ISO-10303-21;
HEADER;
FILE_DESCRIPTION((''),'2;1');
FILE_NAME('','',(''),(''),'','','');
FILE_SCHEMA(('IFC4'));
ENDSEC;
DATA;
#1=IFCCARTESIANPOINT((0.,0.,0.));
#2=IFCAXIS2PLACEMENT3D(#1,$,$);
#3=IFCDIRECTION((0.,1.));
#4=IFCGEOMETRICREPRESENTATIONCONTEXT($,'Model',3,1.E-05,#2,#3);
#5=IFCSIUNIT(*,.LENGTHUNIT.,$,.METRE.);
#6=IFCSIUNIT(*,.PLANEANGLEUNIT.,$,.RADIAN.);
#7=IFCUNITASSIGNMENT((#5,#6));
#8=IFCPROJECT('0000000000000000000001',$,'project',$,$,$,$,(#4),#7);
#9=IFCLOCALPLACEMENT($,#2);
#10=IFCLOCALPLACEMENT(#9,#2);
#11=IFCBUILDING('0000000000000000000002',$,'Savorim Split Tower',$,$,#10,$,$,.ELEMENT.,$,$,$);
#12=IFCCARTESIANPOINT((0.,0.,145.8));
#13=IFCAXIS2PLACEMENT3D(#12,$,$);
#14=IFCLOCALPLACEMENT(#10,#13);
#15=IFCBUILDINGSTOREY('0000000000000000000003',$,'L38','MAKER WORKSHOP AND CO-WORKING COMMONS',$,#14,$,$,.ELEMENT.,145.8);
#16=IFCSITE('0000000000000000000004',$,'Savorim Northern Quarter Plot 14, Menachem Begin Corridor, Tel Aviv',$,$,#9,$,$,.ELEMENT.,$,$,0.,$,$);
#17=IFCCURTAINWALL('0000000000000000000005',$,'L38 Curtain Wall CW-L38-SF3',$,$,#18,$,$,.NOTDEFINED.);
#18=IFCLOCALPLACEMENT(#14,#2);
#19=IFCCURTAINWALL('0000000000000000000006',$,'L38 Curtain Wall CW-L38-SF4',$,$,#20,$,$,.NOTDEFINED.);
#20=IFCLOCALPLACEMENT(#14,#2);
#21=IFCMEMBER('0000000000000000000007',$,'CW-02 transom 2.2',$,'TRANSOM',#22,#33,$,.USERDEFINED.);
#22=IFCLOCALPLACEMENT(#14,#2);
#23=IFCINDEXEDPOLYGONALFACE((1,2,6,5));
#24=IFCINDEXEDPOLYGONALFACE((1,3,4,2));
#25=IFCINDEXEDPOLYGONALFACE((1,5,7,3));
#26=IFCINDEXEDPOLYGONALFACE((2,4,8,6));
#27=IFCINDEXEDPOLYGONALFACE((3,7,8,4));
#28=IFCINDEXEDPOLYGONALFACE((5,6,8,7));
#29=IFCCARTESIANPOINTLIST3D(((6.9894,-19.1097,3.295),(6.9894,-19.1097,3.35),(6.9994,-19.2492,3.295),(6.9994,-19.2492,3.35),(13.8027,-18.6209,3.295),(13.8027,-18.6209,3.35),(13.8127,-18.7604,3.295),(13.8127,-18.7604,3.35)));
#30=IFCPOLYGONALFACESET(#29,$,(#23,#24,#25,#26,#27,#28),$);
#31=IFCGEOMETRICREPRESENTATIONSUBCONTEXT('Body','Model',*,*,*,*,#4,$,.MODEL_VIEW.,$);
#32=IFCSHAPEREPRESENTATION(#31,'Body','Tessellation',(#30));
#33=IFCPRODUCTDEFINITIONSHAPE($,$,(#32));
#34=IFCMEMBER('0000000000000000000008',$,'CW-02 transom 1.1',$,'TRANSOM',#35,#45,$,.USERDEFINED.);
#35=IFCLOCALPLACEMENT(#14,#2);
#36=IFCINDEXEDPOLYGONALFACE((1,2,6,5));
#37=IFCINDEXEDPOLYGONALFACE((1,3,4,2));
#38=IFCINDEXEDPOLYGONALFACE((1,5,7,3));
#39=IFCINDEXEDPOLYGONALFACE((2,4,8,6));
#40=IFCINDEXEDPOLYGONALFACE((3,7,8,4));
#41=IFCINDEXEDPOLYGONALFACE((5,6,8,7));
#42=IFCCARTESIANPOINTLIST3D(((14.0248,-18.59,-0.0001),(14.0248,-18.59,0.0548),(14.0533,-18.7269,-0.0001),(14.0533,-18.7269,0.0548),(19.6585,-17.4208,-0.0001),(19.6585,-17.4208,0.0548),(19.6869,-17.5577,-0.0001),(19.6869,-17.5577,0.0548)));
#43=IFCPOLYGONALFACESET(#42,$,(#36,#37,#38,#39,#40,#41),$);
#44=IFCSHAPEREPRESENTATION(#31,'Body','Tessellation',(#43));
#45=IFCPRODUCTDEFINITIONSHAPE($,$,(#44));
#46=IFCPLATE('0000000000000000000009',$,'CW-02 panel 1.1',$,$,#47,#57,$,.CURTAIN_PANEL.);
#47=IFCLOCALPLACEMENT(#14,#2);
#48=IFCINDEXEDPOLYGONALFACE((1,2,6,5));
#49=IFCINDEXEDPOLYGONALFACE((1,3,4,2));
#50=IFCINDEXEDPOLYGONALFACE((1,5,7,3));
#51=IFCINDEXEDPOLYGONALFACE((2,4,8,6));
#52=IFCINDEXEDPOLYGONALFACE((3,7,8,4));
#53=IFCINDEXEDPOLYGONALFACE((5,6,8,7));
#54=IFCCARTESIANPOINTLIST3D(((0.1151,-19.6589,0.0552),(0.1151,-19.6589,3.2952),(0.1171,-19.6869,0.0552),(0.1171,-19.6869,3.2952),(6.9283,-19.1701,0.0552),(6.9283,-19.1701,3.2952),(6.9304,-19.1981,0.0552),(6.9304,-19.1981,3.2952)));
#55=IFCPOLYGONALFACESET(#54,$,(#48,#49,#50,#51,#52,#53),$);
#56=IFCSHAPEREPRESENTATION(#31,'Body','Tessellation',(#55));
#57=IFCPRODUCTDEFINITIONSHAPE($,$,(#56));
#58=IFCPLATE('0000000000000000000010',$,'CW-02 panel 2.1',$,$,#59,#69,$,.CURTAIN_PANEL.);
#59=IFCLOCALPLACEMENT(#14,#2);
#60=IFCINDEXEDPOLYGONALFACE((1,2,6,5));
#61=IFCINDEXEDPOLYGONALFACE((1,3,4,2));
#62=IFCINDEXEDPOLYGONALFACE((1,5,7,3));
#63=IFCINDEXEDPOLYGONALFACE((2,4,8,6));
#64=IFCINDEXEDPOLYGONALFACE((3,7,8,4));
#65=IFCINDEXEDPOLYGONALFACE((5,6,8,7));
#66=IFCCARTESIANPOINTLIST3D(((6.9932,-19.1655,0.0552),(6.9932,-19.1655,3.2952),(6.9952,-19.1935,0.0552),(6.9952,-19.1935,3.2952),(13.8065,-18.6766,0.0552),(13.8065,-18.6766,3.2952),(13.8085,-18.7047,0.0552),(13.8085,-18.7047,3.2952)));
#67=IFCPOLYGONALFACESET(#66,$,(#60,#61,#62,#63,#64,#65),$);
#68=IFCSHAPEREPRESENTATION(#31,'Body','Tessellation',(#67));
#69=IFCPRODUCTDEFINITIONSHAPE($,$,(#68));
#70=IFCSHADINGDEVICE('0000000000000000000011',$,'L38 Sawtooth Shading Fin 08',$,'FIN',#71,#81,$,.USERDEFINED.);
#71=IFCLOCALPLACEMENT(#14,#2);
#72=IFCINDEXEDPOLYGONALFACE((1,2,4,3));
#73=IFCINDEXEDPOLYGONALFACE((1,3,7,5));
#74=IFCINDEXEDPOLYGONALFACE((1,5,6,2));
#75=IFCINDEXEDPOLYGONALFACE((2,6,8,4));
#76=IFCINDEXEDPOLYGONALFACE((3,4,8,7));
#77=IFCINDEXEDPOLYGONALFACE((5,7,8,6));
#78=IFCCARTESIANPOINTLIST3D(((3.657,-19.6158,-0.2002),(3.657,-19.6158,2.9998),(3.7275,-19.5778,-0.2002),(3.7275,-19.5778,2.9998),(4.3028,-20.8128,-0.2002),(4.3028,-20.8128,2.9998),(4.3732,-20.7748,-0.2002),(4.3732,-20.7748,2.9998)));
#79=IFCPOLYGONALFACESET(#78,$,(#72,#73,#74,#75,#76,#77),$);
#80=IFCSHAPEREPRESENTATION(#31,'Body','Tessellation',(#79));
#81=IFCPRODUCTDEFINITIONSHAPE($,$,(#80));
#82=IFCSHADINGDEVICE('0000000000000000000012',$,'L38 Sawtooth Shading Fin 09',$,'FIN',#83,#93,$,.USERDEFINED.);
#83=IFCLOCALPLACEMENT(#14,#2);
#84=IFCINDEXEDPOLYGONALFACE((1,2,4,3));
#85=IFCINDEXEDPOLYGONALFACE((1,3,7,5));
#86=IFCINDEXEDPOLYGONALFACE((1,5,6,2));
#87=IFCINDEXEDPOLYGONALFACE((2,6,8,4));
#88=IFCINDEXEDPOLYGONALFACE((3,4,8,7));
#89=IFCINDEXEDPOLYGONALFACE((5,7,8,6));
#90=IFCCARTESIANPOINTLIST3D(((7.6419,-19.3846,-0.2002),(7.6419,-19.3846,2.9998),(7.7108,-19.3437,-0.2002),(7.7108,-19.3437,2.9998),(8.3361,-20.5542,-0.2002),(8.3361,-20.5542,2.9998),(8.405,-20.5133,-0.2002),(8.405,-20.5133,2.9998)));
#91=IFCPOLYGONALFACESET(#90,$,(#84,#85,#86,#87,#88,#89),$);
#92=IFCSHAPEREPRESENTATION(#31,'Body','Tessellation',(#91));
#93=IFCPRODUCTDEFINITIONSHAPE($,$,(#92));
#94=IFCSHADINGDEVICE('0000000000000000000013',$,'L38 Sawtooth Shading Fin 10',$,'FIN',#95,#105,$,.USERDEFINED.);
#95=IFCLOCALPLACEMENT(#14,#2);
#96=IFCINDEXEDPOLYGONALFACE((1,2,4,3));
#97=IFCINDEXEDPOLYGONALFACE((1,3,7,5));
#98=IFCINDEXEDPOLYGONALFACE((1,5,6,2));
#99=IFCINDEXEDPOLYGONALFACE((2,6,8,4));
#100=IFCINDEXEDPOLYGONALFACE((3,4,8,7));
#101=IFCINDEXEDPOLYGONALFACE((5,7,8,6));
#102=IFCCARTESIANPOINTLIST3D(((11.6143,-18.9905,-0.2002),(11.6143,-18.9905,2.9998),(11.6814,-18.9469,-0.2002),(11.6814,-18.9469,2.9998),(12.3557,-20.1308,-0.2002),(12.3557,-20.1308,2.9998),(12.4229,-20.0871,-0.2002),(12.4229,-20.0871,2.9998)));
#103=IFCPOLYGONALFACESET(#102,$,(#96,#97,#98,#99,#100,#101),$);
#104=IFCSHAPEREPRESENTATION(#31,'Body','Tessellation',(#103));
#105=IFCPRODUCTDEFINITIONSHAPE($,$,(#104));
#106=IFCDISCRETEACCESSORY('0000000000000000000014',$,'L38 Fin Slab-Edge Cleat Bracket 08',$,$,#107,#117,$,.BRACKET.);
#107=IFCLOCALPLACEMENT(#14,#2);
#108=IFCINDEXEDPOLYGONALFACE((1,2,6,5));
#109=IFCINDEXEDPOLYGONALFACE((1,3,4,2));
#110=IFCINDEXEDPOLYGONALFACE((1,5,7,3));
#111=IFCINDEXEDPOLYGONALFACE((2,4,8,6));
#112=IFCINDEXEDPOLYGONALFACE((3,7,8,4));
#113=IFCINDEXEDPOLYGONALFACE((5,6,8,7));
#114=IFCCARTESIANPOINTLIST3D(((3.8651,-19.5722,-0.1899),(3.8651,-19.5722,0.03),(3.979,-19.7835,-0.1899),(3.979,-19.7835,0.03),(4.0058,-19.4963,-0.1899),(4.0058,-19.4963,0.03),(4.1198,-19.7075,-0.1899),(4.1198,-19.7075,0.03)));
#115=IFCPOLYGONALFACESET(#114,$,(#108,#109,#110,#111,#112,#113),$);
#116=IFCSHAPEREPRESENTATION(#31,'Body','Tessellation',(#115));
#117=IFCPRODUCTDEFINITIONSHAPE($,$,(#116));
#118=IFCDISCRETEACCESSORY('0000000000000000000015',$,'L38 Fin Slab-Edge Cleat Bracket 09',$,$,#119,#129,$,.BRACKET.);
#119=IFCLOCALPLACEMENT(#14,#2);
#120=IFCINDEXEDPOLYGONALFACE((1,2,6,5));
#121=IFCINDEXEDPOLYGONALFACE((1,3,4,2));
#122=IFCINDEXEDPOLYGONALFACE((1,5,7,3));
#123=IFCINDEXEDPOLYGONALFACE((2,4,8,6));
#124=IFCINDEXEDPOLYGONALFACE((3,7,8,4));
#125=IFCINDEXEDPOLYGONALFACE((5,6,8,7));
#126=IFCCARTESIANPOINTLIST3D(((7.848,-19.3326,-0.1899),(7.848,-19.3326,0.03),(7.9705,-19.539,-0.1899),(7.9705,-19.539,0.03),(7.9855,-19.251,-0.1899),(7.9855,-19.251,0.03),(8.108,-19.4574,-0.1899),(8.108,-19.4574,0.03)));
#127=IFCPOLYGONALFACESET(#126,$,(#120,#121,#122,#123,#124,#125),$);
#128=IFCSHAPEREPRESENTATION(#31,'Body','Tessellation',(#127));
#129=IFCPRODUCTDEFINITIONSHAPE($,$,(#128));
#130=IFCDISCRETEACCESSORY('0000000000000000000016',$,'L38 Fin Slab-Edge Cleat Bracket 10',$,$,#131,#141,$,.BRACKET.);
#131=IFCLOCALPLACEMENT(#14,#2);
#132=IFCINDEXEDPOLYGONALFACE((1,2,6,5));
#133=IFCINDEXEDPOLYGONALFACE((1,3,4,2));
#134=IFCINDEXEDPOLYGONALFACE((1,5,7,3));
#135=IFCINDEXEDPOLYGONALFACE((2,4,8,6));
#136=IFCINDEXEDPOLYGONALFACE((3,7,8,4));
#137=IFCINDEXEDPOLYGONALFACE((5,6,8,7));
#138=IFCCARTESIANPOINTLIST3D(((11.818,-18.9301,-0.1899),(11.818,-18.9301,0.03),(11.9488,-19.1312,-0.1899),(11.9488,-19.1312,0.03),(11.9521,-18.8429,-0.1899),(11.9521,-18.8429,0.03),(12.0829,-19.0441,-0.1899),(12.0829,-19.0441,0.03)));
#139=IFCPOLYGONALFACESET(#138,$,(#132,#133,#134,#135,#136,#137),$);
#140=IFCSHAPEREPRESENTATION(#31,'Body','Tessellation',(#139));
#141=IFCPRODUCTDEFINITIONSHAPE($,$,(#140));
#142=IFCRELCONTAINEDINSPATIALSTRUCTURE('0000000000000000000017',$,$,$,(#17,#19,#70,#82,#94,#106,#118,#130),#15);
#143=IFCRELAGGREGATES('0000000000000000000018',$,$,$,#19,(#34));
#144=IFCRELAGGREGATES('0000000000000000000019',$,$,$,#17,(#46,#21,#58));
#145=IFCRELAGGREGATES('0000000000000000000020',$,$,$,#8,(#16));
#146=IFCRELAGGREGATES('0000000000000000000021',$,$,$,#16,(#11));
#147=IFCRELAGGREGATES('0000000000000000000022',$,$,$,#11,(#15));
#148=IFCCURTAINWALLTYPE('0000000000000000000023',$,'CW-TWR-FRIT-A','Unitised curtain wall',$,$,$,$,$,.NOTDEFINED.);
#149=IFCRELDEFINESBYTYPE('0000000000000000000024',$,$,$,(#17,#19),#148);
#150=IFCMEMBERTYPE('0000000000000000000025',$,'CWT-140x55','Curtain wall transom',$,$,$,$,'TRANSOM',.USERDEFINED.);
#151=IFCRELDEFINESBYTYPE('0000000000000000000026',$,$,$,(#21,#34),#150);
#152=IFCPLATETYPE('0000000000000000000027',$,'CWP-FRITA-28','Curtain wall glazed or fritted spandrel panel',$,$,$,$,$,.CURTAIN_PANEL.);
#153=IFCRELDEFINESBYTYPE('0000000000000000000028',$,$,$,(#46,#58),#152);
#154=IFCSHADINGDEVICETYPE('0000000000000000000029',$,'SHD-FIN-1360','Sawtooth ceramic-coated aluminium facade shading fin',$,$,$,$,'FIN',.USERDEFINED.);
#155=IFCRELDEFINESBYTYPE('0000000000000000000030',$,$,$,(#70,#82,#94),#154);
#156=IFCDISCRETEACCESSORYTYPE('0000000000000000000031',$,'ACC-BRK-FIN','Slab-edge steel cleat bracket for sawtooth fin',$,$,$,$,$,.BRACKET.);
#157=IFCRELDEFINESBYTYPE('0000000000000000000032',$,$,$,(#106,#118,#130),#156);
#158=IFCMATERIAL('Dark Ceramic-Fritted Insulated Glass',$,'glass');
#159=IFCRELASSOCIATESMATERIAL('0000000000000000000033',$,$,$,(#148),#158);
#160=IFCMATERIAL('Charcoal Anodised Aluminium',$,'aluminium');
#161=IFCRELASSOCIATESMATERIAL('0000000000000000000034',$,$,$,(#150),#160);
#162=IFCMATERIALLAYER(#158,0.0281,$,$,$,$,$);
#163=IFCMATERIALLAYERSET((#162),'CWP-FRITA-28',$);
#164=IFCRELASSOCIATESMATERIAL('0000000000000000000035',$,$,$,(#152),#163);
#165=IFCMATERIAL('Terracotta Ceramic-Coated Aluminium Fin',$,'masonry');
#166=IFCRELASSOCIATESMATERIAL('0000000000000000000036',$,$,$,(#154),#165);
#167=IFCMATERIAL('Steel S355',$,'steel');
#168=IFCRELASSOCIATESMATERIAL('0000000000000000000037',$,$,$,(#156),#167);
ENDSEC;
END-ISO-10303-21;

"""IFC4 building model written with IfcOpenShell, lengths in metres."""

from ifc_helpers import new_model, si_unit, direction, frame, origin, origin_2d, place, context, subcontext, project, spatial, rectangle, extrude, material, layer, layer_set, material_profile, profile_set, type_object, element, aggregate, save


model = new_model("IFC4")

# Units and contexts
model_context = context("Model", 3, precision=1e-05, world=origin(), true_north=direction((0.0, 1.0)))
body_context = subcontext(model_context, "Body", "Model", "MODEL_VIEW")
ifc_project = project(units=[si_unit("LENGTHUNIT", "METRE"), si_unit("PLANEANGLEUNIT", "RADIAN")], contexts=[model_context])

# Site, building, storey
site_placement = place(None, origin())
site = spatial("IfcSite", under=ifc_project, at=site_placement, Name="Savorim Northern Quarter Plot 14, Menachem Begin Corridor, Tel Aviv", CompositionType="ELEMENT", RefElevation=0.0)
building_placement = place(site_placement, origin())
building = spatial("IfcBuilding", under=site, at=building_placement, Name="Savorim Split Tower", CompositionType="ELEMENT")
storey_placement = place(building_placement, frame((0.0, 0.0, 145.8)))
storey = spatial("IfcBuildingStorey", under=building, at=storey_placement, Name="L38", Description="MAKER WORKSHOP AND CO-WORKING COMMONS", CompositionType="ELEMENT", Elevation=145.8)

# Shared definitions
ifc_material_1 = material(Name="Steel S355", Category="steel")

# Curtain wall
ifc_material_2 = material(Name="Dark Ceramic-Fritted Insulated Glass", Category="glass")
curtain_wall_type = type_object("IfcCurtainWallType", Name="CW-TWR-FRIT-A", Description="Unitised curtain wall", PredefinedType="NOTDEFINED", material=ifc_material_2)
curtain_wall_1_placement = place(storey_placement, origin())
curtain_wall_1 = element("IfcCurtainWall", 1, at=curtain_wall_1_placement, inside=storey, type_object=curtain_wall_type, Name="L38 Curtain Wall CW-L38-SF3", PredefinedType="NOTDEFINED")
ifc_material_3 = material(Name="Charcoal Anodised Aluminium", Category="aluminium")

# Curtain wall
curtain_wall_2_placement = place(storey_placement, origin())
curtain_wall_2 = element("IfcCurtainWall", 2, at=curtain_wall_2_placement, inside=storey, type_object=curtain_wall_type, Name="L38 Curtain Wall CW-L38-SF4", PredefinedType="NOTDEFINED")

# Members
ifc_material_profile_1 = material_profile(ifc_material_3, rectangle(XDim=0.1399, YDim=0.0549, at=origin_2d()), Name="ALU-T 140x55")
ifc_profile_set_1 = profile_set([ifc_material_profile_1], Name="Charcoal Anodised Aluminium")
member_type_1 = type_object("IfcMemberType", Name="CWT-140x55", Description="Curtain wall transom", ElementType="TRANSOM", PredefinedType="USERDEFINED", material=ifc_profile_set_1)
member_1_placement = place(storey_placement, frame((6.9944, -19.1794, 3.3225), z_axis=(0.997437, 0.071554, 0.0), x_axis=(-0.071554, 0.997437, 0.0)))
member_1 = element("IfcMember", 3, at=member_1_placement, type_object=member_type_1, Name="CW-02 transom 2.2", ObjectType="TRANSOM", PredefinedType="USERDEFINED", context=body_context, shape_type="SweptSolid", body=[
    extrude(rectangle(XDim=0.1399, YDim=0.0549, at=origin_2d()), origin(), (0.0, 0.0, 1.0), 6.8308),
])
member_2_placement = place(storey_placement, frame((14.0391, -18.6584, 0.0273), z_axis=(0.979135, 0.20321, 0.0), x_axis=(-0.20321, 0.979135, 0.0)))
member_2 = element("IfcMember", 4, at=member_2_placement, type_object=member_type_1, Name="CW-02 transom 1.1", ObjectType="TRANSOM", PredefinedType="USERDEFINED", context=body_context, shape_type="SweptSolid", body=[
    extrude(rectangle(XDim=0.1399, YDim=0.0549, at=origin_2d()), origin(), (0.0, 0.0, 1.0), 5.7537),
])
aggregate(curtain_wall_2, [member_2])

# Plates
ifc_layer = layer(ifc_material_2, 0.0281)
ifc_layer_set = layer_set([ifc_layer], Name="CWP-FRITA-28")
plate_type = type_object("IfcPlateType", Name="CWP-FRITA-28", Description="Curtain wall glazed or fritted spandrel panel", PredefinedType="CURTAIN_PANEL", material=ifc_layer_set)
plate_1_placement = place(storey_placement, frame((3.5227, -19.4285, 0.0552), z_axis=(0.0, 0.0, 1.0), x_axis=(0.997436, 0.071561, 0.0)))
plate_1 = element("IfcPlate", 5, at=plate_1_placement, type_object=plate_type, Name="CW-02 panel 1.1", PredefinedType="CURTAIN_PANEL", context=body_context, shape_type="SweptSolid", body=[
    extrude(rectangle(XDim=6.8308, YDim=0.0281, at=origin_2d()), origin(), (0.0, 0.0, 1.0), 3.24),
])
plate_2_placement = place(storey_placement, frame((10.4009, -18.9351, 0.0552), z_axis=(0.0, 0.0, 1.0), x_axis=(0.997436, 0.071561, 0.0)))
plate_2 = element("IfcPlate", 6, at=plate_2_placement, type_object=plate_type, Name="CW-02 panel 2.1", PredefinedType="CURTAIN_PANEL", context=body_context, shape_type="SweptSolid", body=[
    extrude(rectangle(XDim=6.8308, YDim=0.0281, at=origin_2d()), origin(), (0.0, 0.0, 1.0), 3.24),
])
aggregate(curtain_wall_1, [plate_1, member_1, plate_2])

# Shading devices
ifc_material_4 = material(Name="Terracotta Ceramic-Coated Aluminium Fin", Category="masonry")
shading_device_type = type_object("IfcShadingDeviceType", Name="SHD-FIN-1360", Description="Sawtooth ceramic-coated aluminium facade shading fin", ElementType="FIN", PredefinedType="USERDEFINED", material=ifc_material_4)
for number, where, z_axis, x_axis, name in (
    (7, (4.0151, -20.1953, -0.2002), (0.0, 0.0, 1.0), (0.474778, -0.880106, 0.0), "L38 Sawtooth Shading Fin 08"),
    (8, (8.0234, -19.949, -0.2002), (0.0, 0.0, 1.0), (0.510391, -0.859942, 0.0), "L38 Sawtooth Shading Fin 09"),
    (9, (12.0186, -19.5388, -0.2002), (0.0, 0.0, 1.0), (0.545148, -0.83834, 0.0), "L38 Sawtooth Shading Fin 10"),
):
    element("IfcShadingDevice", number, at=place(storey_placement, frame(where, z_axis=z_axis, x_axis=x_axis)), inside=storey, type_object=shading_device_type, Name=name, ObjectType="FIN", PredefinedType="USERDEFINED", context=body_context, shape_type="SweptSolid", body=[
        extrude(rectangle(XDim=1.3601, YDim=0.0801, at=origin_2d()), origin(), (0.0, 0.0, 1.0), 3.2),
    ])

# Discrete accessories
discrete_accessory_type = type_object("IfcDiscreteAccessoryType", Name="ACC-BRK-FIN", Description="Slab-edge steel cleat bracket for sawtooth fin", PredefinedType="BRACKET", material=ifc_material_1)
for number, where, z_axis, x_axis, name in (
    (10, (3.9924, -19.6399, -0.1899), (0.0, 0.0, 1.0), (0.474778, -0.880106, 0.0), "L38 Fin Slab-Edge Cleat Bracket 08"),
    (11, (7.978, -19.395, -0.1899), (0.0, 0.0, 1.0), (0.510391, -0.859942, 0.0), "L38 Fin Slab-Edge Cleat Bracket 09"),
    (12, (11.9504, -18.9871, -0.1899), (0.0, 0.0, 1.0), (0.545148, -0.83834, 0.0), "L38 Fin Slab-Edge Cleat Bracket 10"),
):
    element("IfcDiscreteAccessory", number, at=place(storey_placement, frame(where, z_axis=z_axis, x_axis=x_axis)), inside=storey, type_object=discrete_accessory_type, Name=name, PredefinedType="BRACKET", context=body_context, shape_type="SweptSolid", body=[
        extrude(rectangle(XDim=0.24, YDim=0.1599, at=origin_2d()), origin(), (0.0, 0.0, 1.0), 0.22),
    ])

save(model, "model.ifc")
